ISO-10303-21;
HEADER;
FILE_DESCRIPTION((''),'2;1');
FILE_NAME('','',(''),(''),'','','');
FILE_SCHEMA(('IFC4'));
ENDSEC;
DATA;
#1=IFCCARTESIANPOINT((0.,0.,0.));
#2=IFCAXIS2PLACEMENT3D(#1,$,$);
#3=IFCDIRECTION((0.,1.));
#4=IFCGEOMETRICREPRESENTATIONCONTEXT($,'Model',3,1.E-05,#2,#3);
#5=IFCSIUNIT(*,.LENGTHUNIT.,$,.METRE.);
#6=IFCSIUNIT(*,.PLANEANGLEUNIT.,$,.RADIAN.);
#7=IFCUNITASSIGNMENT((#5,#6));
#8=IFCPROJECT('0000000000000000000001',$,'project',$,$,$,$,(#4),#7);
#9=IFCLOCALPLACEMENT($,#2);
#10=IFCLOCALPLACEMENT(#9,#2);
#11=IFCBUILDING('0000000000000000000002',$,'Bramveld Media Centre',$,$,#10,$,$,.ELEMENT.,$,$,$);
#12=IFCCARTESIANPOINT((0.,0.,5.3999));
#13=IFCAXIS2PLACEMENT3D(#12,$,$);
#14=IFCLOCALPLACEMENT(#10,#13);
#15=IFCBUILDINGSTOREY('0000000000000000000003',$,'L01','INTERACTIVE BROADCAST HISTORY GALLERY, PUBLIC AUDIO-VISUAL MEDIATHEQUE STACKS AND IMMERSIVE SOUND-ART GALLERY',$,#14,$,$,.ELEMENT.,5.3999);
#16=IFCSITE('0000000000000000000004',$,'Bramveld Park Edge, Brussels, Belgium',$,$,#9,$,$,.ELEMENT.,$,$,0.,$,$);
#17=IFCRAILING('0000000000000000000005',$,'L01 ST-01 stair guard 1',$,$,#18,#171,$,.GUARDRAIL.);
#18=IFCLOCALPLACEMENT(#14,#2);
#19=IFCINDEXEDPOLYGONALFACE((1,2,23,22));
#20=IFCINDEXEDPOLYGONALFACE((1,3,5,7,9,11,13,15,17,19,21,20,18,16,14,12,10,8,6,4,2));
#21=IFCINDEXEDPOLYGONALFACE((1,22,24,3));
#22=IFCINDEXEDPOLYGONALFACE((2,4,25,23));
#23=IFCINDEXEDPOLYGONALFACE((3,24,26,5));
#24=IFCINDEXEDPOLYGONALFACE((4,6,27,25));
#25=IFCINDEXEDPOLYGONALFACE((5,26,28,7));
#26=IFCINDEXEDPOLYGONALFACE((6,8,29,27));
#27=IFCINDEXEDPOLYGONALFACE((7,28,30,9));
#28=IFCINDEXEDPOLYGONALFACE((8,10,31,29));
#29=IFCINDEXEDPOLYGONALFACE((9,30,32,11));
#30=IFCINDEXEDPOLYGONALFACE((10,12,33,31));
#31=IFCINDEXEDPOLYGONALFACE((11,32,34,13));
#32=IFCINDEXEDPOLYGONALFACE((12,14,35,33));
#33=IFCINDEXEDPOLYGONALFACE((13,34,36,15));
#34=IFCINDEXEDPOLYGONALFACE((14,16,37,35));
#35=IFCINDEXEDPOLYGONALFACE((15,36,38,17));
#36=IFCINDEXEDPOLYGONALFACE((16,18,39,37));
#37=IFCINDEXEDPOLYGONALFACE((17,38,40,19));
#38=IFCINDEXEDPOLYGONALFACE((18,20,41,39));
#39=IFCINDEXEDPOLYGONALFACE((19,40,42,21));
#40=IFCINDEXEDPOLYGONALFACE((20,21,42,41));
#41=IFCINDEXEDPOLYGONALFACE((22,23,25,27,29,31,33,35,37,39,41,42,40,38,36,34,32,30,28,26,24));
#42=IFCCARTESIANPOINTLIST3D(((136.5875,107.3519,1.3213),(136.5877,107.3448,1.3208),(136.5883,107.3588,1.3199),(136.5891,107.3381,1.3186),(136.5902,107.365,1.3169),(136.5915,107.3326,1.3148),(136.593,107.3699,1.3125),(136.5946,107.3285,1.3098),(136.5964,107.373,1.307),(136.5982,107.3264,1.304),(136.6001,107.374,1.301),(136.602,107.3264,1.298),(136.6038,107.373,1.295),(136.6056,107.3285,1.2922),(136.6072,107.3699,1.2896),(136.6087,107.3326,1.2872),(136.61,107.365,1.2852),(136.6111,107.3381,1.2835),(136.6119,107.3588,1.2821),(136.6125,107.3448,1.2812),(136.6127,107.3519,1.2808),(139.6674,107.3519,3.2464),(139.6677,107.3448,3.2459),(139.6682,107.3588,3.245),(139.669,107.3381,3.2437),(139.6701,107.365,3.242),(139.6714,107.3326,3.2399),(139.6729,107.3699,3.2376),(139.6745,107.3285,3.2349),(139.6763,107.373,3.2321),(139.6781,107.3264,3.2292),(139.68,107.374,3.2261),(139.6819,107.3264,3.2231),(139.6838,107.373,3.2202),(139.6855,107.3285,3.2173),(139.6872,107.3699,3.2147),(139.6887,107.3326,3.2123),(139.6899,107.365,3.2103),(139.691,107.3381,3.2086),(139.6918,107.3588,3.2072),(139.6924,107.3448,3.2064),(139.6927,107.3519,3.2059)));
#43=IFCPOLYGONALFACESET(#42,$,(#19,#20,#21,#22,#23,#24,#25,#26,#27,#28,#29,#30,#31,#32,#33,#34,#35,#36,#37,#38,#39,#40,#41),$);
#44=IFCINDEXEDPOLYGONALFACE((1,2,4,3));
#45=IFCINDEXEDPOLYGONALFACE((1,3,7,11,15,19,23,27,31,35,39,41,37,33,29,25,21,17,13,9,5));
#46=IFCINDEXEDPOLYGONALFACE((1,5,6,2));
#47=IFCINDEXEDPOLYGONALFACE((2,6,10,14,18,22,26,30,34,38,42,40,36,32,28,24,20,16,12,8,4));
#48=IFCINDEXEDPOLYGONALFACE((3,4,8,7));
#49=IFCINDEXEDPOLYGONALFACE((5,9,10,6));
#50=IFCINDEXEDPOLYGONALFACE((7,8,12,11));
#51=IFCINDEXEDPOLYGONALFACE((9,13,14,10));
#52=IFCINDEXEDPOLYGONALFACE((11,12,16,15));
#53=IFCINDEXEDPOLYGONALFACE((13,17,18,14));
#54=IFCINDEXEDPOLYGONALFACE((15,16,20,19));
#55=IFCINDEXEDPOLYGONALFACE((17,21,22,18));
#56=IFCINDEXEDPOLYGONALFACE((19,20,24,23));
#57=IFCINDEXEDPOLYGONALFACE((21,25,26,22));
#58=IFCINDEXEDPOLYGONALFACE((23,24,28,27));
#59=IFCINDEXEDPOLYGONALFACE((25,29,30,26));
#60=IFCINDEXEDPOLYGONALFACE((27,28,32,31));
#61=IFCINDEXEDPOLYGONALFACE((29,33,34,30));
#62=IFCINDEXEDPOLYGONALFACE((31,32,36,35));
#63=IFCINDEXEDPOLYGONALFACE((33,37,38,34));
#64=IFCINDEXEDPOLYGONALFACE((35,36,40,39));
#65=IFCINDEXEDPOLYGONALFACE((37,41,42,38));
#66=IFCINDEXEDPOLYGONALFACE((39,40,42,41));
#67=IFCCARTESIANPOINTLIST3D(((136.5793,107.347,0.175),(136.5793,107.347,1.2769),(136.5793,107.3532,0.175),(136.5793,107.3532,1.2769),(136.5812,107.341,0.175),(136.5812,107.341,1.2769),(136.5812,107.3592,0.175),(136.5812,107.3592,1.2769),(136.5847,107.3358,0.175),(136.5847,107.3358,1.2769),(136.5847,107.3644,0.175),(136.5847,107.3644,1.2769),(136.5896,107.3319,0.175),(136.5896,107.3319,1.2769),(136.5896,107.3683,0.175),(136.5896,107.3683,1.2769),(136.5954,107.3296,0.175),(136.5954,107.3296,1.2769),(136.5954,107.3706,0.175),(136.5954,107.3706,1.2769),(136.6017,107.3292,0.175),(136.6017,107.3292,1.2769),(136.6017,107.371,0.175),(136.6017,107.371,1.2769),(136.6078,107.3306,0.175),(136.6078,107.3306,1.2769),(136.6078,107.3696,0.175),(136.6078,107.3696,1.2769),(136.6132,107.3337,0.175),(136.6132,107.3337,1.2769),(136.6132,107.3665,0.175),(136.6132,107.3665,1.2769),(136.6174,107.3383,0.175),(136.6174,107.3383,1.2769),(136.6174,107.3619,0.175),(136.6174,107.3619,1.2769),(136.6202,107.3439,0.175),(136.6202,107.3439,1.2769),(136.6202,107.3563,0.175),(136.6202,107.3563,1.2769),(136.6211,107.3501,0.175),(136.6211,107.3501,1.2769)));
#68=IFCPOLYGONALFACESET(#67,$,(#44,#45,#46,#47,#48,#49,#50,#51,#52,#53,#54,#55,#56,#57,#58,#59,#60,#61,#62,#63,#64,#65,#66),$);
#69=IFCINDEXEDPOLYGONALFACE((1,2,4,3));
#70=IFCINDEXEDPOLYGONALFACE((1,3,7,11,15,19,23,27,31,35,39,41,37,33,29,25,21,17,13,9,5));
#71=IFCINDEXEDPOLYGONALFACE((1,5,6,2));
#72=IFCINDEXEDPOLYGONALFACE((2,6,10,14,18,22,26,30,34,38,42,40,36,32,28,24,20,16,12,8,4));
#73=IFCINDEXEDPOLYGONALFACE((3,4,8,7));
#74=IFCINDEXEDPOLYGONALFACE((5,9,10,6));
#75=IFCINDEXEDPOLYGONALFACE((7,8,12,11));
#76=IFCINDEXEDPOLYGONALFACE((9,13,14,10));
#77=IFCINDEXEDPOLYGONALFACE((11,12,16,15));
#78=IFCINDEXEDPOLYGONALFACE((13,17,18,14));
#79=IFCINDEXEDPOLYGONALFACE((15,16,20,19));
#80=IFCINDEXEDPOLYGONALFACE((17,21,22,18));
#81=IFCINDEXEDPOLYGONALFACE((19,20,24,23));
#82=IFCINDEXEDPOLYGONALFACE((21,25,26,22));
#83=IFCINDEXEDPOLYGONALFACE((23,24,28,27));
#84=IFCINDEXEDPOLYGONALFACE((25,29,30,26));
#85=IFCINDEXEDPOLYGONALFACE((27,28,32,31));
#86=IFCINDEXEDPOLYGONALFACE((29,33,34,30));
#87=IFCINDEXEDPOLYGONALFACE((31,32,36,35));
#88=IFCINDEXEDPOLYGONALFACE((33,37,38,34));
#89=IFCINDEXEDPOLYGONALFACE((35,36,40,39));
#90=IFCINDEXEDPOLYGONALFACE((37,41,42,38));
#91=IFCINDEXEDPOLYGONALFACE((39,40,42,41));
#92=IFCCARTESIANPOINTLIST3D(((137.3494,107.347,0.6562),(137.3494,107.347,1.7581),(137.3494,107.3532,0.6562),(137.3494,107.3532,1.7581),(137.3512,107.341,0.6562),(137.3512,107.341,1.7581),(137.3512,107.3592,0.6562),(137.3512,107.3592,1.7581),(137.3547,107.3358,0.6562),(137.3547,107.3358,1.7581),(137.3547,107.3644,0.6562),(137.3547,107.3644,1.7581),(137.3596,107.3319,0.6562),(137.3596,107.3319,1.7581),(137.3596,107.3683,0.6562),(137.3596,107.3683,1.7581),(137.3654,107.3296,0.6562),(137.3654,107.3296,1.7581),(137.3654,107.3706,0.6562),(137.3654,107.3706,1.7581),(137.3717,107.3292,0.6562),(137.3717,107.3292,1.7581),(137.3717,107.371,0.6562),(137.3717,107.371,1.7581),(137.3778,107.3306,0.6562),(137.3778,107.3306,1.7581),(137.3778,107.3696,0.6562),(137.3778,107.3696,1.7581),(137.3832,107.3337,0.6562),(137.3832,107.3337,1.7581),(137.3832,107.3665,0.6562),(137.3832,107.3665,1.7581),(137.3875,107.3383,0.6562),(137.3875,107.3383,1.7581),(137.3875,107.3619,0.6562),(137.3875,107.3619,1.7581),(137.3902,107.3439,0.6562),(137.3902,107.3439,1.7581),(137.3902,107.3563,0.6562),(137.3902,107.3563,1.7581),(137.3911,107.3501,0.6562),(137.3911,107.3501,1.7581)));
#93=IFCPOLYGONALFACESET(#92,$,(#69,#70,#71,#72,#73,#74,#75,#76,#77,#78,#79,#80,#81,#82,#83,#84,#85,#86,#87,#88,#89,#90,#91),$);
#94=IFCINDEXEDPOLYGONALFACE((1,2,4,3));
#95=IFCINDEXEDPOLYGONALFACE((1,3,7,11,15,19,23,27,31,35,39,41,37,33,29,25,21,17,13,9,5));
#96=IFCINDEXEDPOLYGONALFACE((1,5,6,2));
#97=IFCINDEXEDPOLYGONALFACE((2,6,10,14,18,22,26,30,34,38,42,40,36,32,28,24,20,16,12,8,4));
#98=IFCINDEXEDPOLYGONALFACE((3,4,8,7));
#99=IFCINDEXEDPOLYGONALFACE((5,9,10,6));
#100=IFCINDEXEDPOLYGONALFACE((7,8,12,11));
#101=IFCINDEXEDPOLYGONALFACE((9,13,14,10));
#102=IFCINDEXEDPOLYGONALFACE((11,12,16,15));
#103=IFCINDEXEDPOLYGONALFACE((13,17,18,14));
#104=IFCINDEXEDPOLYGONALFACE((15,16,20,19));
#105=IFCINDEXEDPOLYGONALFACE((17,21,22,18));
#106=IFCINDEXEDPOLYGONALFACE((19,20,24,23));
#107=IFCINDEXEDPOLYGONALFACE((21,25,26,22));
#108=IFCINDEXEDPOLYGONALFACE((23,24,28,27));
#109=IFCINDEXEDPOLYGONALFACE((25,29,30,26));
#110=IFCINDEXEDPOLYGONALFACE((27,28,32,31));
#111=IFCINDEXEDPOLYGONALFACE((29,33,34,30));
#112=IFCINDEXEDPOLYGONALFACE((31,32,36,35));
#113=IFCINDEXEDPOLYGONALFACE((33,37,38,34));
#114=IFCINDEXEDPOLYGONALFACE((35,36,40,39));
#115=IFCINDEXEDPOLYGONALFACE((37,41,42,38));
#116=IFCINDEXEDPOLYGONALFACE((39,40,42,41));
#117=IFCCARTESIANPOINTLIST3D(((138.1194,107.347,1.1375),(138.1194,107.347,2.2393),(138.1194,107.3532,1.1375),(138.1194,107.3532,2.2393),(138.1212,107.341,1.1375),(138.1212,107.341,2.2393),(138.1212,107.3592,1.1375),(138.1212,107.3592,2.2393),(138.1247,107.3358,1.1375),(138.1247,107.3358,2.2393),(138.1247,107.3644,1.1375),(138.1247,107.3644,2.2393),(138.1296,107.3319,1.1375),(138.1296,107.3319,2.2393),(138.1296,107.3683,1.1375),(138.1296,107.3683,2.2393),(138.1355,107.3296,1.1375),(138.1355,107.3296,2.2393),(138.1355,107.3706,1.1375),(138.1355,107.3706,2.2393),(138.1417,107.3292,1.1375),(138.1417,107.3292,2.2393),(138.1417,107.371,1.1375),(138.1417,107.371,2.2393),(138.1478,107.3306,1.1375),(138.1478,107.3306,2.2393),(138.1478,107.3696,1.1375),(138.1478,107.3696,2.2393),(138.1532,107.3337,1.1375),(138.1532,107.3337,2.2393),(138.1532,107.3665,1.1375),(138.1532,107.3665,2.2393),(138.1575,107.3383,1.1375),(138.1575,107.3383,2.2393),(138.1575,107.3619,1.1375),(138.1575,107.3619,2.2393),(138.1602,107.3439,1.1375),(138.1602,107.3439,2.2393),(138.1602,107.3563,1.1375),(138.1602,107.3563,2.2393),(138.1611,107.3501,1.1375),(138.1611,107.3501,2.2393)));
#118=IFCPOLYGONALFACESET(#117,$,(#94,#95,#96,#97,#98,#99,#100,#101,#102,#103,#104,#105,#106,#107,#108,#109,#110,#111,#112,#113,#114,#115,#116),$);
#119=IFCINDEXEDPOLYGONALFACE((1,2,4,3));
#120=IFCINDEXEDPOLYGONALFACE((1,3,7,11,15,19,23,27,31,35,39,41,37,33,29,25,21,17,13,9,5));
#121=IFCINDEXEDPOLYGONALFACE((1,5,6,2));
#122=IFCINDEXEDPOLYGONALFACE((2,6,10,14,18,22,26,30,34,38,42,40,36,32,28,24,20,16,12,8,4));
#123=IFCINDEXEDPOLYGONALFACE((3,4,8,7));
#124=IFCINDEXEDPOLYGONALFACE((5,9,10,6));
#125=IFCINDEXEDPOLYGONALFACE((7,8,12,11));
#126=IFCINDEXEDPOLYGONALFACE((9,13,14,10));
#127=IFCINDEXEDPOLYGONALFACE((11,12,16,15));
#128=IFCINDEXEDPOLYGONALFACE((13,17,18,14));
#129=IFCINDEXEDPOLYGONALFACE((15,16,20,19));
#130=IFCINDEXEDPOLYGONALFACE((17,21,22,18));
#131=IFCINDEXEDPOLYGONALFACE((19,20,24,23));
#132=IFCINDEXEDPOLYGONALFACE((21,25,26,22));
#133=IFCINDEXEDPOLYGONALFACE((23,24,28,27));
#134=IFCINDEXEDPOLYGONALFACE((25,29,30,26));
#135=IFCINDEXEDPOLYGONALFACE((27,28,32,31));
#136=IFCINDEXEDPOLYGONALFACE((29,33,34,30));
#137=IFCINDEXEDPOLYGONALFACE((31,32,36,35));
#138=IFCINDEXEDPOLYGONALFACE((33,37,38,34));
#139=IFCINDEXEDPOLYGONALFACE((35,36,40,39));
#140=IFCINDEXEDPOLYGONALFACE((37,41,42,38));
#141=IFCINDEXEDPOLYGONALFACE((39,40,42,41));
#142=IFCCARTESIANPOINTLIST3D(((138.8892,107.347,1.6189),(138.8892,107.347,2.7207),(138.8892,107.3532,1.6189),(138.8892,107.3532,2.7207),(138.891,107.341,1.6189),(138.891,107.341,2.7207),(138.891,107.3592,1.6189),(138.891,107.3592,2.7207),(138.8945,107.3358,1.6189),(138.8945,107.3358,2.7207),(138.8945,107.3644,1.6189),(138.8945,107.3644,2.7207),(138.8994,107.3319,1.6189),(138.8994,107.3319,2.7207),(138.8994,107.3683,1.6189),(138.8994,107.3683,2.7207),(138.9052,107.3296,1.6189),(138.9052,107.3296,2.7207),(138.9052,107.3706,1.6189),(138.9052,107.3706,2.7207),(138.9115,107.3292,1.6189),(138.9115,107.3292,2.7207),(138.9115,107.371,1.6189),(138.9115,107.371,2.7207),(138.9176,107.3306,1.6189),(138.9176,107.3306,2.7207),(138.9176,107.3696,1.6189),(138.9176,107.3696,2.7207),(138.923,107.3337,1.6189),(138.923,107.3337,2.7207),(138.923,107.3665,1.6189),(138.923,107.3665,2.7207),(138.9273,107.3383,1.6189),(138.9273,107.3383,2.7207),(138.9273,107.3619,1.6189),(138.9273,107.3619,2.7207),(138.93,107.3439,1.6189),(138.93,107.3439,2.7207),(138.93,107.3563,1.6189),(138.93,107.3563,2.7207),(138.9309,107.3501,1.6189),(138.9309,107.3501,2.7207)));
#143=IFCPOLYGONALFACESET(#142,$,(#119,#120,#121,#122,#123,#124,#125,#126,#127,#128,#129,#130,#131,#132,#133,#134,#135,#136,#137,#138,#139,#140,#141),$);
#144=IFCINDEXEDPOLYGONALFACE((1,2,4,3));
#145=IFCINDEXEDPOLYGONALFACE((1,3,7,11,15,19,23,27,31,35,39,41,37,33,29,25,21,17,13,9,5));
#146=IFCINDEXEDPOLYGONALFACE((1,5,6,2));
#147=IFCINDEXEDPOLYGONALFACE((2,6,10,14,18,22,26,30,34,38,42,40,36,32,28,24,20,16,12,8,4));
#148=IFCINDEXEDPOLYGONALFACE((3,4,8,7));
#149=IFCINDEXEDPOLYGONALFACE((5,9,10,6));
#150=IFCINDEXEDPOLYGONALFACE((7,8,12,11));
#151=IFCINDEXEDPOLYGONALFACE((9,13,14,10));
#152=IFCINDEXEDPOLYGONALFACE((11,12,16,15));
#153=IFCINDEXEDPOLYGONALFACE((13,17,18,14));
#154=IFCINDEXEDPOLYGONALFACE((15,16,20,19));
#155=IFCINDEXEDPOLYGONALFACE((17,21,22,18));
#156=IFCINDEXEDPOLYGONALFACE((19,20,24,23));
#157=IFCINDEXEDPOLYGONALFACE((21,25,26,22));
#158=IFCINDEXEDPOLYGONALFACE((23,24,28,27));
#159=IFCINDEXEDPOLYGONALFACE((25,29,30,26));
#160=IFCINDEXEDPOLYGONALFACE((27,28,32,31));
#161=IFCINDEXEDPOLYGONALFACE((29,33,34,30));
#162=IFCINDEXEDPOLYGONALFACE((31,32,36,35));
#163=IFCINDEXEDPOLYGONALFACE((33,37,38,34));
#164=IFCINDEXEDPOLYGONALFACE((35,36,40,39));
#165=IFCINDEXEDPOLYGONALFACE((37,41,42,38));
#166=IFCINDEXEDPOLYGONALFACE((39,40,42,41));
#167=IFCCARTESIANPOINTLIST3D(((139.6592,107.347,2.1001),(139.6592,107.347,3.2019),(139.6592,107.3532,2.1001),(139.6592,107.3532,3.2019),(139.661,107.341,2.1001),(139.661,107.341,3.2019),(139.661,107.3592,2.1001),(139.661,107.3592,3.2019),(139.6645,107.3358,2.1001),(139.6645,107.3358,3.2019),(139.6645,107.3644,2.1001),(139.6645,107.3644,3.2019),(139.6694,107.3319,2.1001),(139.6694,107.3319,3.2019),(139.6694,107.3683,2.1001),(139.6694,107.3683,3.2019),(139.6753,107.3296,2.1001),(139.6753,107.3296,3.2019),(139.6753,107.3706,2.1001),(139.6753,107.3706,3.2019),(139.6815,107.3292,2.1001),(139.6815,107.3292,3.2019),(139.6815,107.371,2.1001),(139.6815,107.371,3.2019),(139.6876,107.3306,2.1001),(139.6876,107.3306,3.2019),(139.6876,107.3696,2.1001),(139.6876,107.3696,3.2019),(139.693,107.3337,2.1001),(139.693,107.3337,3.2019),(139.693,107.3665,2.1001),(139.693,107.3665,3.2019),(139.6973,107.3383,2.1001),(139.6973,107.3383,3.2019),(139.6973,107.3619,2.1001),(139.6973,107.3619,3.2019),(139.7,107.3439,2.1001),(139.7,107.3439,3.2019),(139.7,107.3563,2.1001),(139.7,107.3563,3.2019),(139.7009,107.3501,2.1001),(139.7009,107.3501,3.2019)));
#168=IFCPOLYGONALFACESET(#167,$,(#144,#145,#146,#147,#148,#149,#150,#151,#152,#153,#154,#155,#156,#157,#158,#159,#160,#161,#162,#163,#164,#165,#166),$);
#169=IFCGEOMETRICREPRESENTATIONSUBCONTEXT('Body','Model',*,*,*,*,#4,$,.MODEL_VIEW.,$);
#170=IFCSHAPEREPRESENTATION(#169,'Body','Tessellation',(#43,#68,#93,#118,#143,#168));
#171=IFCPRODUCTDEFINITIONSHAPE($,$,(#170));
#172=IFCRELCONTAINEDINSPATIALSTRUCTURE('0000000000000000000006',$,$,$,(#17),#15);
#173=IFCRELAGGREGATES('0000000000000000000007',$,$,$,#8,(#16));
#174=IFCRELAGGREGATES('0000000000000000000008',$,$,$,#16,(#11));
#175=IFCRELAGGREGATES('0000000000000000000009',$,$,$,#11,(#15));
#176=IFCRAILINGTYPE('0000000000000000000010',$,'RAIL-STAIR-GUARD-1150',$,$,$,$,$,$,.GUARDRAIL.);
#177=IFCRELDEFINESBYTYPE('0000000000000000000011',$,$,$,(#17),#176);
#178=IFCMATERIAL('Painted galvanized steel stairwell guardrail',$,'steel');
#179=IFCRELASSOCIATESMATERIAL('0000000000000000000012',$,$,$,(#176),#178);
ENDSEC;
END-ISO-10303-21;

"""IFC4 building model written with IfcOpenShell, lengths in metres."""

from ifc_helpers import new_model, si_unit, direction, frame, origin, origin_2d, place, context, subcontext, project, spatial, circle, extrude, material, type_object, element, save


model = new_model("IFC4")

# Units and contexts
model_context = context("Model", 3, precision=1e-05, world=origin(), true_north=direction((0.0, 1.0)))
body_context = subcontext(model_context, "Body", "Model", "MODEL_VIEW")
ifc_project = project(units=[si_unit("LENGTHUNIT", "METRE"), si_unit("PLANEANGLEUNIT", "RADIAN")], contexts=[model_context])

# Site, building, storey
site_placement = place(None, origin())
site = spatial("IfcSite", under=ifc_project, at=site_placement, Name="Bramveld Park Edge, Brussels, Belgium", CompositionType="ELEMENT", RefElevation=0.0)
building_placement = place(site_placement, origin())
building = spatial("IfcBuilding", under=site, at=building_placement, Name="Bramveld Media Centre", CompositionType="ELEMENT")
storey_placement = place(building_placement, frame((0.0, 0.0, 5.3999)))
storey = spatial("IfcBuildingStorey", under=building, at=storey_placement, Name="L01", Description="INTERACTIVE BROADCAST HISTORY GALLERY, PUBLIC AUDIO-VISUAL MEDIATHEQUE STACKS AND IMMERSIVE SOUND-ART GALLERY", CompositionType="ELEMENT", Elevation=5.3999)

# Railing
ifc_material_1 = material(Name="Painted galvanized steel stairwell guardrail", Category="steel")
railing_type_1 = type_object("IfcRailingType", Name="RAIL-STAIR-GUARD-1150", PredefinedType="GUARDRAIL", material=ifc_material_1)
railing_1_placement = place(storey_placement, frame((136.6001, 107.3501, 0.175)))
element("IfcRailing", 1, at=railing_1_placement, inside=storey, type_object=railing_type_1, Name="L01 ST-01 stair guard 1", PredefinedType="GUARDRAIL", context=body_context, shape_type="SweptSolid", body=[
    extrude(circle(Radius=0.0239, at=origin_2d()), frame((0.0, 0.0, 1.126), z_axis=(0.847979, 0.0, 0.530029), x_axis=(0.0, 1.0, 0.0)), (0.0, 0.0, 1.0), 3.6321),
    extrude(circle(Radius=0.021, at=origin_2d()), origin(), (0.0, 0.0, 1.0), 1.1018),
    extrude(circle(Radius=0.021, at=origin_2d()), frame((0.77, 0.0, 0.4812)), (0.0, 0.0, 1.0), 1.1018),
    extrude(circle(Radius=0.021, at=origin_2d()), frame((1.54, 0.0, 0.9624)), (0.0, 0.0, 1.0), 1.1018),
    extrude(circle(Radius=0.021, at=origin_2d()), frame((2.3098, 0.0, 1.4438)), (0.0, 0.0, 1.0), 1.1018),
    extrude(circle(Radius=0.021, at=origin_2d()), frame((3.0798, 0.0, 1.925)), (0.0, 0.0, 1.0), 1.1018),
])

save(model, "model.ifc")
